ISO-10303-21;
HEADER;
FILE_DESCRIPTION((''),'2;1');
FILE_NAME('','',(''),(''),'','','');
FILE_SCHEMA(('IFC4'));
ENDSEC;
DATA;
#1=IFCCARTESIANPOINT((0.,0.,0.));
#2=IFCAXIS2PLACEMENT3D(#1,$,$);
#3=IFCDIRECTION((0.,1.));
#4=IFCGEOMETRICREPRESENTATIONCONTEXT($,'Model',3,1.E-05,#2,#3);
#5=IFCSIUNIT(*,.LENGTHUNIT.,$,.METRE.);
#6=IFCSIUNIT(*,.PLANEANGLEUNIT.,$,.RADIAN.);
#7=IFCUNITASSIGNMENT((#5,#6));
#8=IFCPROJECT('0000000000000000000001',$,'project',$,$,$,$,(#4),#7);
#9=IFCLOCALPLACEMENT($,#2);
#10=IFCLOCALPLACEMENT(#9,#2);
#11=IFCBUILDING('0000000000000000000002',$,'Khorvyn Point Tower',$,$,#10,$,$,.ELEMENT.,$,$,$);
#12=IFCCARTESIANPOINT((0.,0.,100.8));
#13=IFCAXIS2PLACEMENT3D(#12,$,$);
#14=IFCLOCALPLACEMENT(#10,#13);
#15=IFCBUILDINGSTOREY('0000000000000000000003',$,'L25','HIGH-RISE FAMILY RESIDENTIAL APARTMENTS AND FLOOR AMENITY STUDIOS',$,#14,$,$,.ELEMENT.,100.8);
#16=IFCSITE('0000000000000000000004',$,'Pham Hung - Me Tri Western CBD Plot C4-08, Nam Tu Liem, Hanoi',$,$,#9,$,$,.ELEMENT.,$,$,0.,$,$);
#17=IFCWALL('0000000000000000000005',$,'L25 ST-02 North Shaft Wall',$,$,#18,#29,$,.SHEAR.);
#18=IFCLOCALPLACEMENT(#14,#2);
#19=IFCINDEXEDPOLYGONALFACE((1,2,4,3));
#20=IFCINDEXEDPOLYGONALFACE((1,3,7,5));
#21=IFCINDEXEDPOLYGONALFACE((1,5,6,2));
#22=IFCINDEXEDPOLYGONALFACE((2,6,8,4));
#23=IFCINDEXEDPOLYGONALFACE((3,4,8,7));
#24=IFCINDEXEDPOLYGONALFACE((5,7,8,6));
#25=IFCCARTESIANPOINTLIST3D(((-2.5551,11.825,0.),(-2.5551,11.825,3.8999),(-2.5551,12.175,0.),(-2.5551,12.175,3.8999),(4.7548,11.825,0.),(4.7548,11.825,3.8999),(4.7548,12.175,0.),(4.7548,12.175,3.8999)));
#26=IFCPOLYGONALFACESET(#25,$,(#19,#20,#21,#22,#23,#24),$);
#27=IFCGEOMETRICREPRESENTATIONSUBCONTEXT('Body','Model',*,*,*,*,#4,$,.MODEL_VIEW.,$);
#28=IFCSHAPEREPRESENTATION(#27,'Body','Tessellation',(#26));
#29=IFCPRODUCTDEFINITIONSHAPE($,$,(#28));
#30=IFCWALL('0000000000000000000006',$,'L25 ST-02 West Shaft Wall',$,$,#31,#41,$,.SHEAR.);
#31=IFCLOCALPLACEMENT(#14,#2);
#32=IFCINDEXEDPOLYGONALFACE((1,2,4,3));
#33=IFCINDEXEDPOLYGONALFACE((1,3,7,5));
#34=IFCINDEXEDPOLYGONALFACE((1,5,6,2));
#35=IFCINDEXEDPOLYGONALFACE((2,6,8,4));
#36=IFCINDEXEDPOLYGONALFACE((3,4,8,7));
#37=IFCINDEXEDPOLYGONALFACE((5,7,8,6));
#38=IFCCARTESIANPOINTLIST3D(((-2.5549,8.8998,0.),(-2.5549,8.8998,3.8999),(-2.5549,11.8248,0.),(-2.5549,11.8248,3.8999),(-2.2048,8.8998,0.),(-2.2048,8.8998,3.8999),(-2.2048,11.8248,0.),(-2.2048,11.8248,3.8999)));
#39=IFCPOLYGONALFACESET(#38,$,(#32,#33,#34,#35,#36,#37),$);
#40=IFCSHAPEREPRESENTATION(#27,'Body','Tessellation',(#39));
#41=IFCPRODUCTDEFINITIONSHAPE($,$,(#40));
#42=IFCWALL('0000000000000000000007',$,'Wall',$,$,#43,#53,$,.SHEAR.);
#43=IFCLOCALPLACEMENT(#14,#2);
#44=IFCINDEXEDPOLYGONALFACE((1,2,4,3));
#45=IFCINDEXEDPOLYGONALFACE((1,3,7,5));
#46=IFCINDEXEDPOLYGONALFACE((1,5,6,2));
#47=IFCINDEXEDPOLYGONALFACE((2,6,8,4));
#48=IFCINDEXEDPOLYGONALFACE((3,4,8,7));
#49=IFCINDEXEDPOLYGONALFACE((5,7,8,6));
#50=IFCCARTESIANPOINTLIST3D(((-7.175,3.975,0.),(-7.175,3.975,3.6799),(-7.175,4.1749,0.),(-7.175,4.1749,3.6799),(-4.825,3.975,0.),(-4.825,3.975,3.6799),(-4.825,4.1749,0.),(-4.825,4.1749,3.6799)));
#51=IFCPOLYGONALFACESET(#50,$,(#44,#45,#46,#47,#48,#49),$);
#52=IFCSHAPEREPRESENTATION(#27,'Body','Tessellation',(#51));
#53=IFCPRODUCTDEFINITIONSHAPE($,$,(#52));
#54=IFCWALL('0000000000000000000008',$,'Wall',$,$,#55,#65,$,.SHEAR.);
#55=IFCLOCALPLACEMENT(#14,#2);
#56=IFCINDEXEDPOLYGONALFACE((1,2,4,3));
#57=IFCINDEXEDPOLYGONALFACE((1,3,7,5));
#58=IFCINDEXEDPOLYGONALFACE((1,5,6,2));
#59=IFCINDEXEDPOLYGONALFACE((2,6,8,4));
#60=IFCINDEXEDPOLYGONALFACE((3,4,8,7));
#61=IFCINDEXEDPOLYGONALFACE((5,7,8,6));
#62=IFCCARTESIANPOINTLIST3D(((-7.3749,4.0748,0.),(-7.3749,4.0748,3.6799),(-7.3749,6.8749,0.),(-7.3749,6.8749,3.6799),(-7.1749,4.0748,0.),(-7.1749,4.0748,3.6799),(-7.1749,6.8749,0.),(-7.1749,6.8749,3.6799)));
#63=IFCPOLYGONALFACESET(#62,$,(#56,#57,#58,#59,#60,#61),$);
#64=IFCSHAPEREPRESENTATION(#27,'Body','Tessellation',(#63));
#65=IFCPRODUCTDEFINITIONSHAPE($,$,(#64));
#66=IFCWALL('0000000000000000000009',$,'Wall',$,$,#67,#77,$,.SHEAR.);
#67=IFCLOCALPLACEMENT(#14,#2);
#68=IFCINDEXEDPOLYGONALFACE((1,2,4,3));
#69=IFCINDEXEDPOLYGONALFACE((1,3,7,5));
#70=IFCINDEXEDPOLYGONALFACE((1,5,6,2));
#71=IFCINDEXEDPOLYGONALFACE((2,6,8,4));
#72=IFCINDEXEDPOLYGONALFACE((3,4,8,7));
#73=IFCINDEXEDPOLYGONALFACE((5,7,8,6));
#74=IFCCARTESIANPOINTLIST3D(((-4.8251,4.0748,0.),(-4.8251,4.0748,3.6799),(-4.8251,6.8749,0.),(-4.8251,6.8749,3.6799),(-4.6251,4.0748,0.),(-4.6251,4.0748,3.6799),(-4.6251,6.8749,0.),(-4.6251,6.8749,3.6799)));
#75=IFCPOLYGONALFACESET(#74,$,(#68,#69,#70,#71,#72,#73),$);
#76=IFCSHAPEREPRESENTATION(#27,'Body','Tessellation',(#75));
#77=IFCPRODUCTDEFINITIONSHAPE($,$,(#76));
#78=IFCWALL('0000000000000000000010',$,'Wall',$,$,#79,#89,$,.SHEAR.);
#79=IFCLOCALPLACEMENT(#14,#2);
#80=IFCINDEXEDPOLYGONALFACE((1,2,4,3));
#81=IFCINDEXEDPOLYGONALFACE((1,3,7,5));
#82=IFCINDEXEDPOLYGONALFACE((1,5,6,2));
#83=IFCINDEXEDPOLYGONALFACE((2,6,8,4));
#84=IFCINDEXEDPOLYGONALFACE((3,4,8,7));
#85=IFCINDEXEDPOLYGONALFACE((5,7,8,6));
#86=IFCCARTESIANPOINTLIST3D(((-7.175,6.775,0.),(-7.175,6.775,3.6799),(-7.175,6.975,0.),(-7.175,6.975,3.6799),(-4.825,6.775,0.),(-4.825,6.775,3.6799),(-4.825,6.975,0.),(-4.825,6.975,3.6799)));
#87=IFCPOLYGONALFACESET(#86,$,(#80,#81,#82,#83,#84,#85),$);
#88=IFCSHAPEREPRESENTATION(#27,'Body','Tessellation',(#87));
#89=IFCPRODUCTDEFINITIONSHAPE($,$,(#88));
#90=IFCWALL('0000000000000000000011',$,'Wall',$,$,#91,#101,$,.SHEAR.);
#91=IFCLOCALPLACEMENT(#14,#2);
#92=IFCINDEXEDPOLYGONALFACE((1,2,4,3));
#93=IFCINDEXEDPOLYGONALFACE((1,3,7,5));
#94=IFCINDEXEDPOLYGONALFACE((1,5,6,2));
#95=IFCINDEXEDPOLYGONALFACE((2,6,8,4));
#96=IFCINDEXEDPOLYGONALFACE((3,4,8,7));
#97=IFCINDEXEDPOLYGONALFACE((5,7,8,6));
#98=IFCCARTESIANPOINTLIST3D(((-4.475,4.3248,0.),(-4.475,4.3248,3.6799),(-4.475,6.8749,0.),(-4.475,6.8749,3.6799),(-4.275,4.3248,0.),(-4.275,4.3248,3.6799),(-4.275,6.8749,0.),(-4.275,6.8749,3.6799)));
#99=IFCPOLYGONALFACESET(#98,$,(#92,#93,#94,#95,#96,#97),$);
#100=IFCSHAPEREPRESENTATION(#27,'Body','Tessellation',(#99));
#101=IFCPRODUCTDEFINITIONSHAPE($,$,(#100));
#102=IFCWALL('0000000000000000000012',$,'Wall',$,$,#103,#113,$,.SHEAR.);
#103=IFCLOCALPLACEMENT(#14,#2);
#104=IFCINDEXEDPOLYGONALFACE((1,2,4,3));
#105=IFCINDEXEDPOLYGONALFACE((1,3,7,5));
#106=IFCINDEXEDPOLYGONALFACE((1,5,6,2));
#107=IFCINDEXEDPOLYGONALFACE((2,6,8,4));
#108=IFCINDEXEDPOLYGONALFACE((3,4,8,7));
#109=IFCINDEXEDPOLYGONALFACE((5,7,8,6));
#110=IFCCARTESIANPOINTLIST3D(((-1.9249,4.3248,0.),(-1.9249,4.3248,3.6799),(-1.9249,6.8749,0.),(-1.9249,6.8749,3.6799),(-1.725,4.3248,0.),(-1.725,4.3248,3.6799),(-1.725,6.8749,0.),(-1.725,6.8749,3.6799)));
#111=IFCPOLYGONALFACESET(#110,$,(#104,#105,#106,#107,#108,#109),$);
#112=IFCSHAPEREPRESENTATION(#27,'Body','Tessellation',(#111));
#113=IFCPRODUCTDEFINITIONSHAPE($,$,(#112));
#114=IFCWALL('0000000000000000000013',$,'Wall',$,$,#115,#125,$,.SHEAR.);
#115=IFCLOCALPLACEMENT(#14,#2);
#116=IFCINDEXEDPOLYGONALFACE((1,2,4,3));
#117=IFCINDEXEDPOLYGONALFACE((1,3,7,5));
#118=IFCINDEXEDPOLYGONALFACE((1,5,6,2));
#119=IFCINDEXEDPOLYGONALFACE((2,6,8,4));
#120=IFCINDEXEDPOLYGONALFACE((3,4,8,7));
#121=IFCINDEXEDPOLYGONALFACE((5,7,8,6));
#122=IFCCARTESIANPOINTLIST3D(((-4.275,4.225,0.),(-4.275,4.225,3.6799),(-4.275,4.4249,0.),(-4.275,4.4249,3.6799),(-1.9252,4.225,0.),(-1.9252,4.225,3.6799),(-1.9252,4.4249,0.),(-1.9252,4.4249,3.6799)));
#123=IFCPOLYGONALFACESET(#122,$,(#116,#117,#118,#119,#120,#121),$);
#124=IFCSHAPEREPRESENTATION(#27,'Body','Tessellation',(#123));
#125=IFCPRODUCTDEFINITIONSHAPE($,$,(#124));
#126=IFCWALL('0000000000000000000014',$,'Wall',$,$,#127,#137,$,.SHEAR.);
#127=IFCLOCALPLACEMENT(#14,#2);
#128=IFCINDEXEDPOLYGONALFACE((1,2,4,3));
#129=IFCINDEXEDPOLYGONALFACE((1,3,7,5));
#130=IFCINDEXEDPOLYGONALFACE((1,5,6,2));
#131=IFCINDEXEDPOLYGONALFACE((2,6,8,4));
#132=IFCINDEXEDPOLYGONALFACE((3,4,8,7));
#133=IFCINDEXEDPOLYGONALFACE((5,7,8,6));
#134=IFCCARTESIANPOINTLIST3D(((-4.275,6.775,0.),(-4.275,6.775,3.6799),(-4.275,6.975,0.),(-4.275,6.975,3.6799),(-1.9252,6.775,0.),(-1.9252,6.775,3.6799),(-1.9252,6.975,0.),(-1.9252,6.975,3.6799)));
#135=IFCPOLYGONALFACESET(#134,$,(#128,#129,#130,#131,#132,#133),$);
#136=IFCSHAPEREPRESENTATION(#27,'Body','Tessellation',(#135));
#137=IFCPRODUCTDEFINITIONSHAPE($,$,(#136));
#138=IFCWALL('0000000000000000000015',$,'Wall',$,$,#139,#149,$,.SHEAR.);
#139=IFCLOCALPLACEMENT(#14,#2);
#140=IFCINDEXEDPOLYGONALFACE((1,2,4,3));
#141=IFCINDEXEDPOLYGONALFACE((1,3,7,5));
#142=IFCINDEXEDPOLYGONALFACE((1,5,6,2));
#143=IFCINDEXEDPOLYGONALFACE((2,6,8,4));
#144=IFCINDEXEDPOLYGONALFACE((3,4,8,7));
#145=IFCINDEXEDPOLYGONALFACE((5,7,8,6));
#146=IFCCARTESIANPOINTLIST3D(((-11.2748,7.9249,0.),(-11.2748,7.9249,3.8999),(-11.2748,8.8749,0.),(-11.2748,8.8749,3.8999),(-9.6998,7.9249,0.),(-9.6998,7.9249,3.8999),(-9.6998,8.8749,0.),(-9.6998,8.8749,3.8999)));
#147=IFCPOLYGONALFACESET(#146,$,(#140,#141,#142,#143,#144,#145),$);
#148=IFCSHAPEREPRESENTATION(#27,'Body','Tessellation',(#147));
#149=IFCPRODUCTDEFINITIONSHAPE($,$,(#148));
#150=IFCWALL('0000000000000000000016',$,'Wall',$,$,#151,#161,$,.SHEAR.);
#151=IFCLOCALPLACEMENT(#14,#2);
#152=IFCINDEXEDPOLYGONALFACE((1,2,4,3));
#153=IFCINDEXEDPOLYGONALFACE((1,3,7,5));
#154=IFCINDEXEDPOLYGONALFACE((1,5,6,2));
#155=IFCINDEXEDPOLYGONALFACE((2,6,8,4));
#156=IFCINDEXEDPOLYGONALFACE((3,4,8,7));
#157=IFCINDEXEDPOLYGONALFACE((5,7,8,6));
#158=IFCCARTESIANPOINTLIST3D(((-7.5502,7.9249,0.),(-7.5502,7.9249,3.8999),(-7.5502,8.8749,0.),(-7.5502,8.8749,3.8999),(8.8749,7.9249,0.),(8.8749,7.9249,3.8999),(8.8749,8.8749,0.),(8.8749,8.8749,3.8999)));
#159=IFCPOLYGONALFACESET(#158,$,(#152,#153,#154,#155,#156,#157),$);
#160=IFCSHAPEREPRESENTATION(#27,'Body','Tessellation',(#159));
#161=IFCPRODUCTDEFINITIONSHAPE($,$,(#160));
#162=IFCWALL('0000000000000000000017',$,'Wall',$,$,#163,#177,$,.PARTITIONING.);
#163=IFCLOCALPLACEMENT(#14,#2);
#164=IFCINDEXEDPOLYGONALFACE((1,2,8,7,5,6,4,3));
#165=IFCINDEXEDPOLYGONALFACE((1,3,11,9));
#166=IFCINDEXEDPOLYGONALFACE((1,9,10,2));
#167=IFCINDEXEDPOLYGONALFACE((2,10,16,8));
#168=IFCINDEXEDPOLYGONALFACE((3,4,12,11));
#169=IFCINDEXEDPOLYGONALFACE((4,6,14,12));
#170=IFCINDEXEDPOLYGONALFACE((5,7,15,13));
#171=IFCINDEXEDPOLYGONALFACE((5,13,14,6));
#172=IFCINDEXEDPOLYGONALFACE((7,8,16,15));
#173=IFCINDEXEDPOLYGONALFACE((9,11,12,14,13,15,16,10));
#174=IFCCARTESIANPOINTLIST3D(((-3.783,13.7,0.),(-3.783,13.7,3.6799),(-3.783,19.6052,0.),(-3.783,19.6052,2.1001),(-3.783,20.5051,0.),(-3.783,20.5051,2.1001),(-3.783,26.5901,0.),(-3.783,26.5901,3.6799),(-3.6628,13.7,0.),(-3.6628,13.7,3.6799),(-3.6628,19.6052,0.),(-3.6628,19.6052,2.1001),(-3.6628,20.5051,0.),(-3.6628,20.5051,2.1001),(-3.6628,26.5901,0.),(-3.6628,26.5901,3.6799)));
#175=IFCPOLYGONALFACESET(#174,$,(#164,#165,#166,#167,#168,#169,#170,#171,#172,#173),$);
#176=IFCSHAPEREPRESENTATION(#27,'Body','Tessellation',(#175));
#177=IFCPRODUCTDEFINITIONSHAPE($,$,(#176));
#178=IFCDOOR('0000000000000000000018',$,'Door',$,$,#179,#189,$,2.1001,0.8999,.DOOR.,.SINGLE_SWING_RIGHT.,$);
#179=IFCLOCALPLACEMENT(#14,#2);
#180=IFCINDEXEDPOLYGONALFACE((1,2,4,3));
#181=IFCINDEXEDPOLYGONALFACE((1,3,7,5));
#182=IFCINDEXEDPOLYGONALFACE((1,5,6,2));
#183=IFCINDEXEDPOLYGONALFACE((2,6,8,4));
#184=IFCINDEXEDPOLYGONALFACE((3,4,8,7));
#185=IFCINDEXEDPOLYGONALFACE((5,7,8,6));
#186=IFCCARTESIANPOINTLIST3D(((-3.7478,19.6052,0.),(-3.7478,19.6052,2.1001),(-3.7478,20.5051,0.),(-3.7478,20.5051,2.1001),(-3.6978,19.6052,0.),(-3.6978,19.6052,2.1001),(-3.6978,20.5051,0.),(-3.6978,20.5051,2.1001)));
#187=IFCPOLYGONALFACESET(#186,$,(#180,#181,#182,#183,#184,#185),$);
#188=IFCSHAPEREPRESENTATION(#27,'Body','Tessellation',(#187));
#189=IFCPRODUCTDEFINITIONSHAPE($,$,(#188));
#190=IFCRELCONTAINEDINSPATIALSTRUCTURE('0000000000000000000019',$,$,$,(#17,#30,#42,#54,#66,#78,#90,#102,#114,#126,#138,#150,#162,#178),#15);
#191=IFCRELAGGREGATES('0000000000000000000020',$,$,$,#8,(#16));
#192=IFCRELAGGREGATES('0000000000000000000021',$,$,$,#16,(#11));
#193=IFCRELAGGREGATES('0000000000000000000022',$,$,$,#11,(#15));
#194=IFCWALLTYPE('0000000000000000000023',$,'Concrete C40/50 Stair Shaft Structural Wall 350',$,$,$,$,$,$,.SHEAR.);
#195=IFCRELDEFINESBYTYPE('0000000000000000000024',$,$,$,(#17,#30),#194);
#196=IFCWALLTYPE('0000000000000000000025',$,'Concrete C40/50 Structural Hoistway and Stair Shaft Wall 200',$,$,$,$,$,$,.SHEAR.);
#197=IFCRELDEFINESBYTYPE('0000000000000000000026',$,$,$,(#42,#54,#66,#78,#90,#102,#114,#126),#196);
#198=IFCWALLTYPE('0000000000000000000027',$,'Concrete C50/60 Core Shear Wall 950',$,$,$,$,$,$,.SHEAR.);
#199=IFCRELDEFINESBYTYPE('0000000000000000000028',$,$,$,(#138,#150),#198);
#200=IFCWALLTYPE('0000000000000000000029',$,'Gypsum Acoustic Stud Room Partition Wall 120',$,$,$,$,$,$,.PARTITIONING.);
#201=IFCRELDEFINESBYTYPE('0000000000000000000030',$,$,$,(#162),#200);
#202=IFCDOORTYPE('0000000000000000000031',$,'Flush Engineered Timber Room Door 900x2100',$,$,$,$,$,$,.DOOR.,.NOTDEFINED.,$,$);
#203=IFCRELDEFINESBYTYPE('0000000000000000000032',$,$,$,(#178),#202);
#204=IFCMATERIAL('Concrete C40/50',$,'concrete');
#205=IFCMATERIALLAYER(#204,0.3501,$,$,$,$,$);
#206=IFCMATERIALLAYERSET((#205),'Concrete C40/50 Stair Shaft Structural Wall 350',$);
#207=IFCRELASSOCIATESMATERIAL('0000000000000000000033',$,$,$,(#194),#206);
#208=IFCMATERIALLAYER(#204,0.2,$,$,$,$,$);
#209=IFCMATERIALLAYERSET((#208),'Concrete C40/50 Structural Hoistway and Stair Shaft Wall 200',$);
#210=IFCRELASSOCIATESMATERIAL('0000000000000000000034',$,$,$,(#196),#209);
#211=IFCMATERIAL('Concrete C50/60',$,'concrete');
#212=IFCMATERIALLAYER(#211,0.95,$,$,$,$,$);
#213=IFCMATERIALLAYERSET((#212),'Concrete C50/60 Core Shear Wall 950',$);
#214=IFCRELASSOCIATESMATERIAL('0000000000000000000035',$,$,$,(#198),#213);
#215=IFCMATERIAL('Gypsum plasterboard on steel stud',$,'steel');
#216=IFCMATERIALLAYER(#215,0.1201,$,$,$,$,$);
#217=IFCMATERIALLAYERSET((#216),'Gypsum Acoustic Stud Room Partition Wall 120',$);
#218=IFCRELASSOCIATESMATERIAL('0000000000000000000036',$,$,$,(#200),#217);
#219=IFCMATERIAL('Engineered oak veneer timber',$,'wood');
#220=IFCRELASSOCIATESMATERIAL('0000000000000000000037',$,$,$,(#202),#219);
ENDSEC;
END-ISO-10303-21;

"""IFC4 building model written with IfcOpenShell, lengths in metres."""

from ifc_helpers import new_model, si_unit, direction, frame, frame_2d, origin, place, context, subcontext, project, spatial, rectangle, extrude, material, layer, layer_set, type_object, element, fill, save


model = new_model("IFC4")

# Units and contexts
model_context = context("Model", 3, precision=1e-05, world=origin(), true_north=direction((0.0, 1.0)))
body_context = subcontext(model_context, "Body", "Model", "MODEL_VIEW")
ifc_project = project(units=[si_unit("LENGTHUNIT", "METRE"), si_unit("PLANEANGLEUNIT", "RADIAN")], contexts=[model_context])

# Site, building, storey
site_placement = place(None, origin())
site = spatial("IfcSite", under=ifc_project, at=site_placement, Name="Pham Hung - Me Tri Western CBD Plot C4-08, Nam Tu Liem, Hanoi", CompositionType="ELEMENT", RefElevation=0.0)
building_placement = place(site_placement, origin())
building = spatial("IfcBuilding", under=site, at=building_placement, Name="Khorvyn Point Tower", CompositionType="ELEMENT")
storey_placement = place(building_placement, frame((0.0, 0.0, 100.8)))
storey = spatial("IfcBuildingStorey", under=building, at=storey_placement, Name="L25", Description="HIGH-RISE FAMILY RESIDENTIAL APARTMENTS AND FLOOR AMENITY STUDIOS", CompositionType="ELEMENT", Elevation=100.8)

# Shared definitions
ifc_material_1 = material(Name="Concrete C40/50", Category="concrete")
ifc_material_2 = material(Name="Concrete C50/60", Category="concrete")

# Walls
ifc_layer_1 = layer(ifc_material_1, 0.3501)
ifc_layer_set_1 = layer_set([ifc_layer_1], Name="Concrete C40/50 Stair Shaft Structural Wall 350")
wall_type_1 = type_object("IfcWallType", Name="Concrete C40/50 Stair Shaft Structural Wall 350", PredefinedType="SHEAR", material=ifc_layer_set_1)
wall_1_placement = place(storey_placement, frame((-2.5549, 12.0, 0.0), z_axis=(0.0, 0.0, 1.0), x_axis=(1.0, 0.0, 0.0)))
element("IfcWall", 1, at=wall_1_placement, inside=storey, type_object=wall_type_1, Name="L25 ST-02 North Shaft Wall", PredefinedType="SHEAR", context=body_context, shape_type="SweptSolid", body=[
    extrude(rectangle(XDim=7.3098, YDim=0.3501, at=frame_2d((3.6548, 0.0))), origin(), (0.0, 0.0, 1.0), 3.8999),
])
wall_2_placement = place(storey_placement, frame((-2.3799, 8.8999, 0.0), z_axis=(0.0, 0.0, 1.0), x_axis=(0.0, 1.0, 0.0)))
element("IfcWall", 2, at=wall_2_placement, inside=storey, type_object=wall_type_1, Name="L25 ST-02 West Shaft Wall", PredefinedType="SHEAR", context=body_context, shape_type="SweptSolid", body=[
    extrude(rectangle(XDim=2.925, YDim=0.3501, at=frame_2d((1.4624, 0.0))), origin(), (0.0, 0.0, 1.0), 3.8999),
])
ifc_layer_2 = layer(ifc_material_1, 0.2)
ifc_layer_set_2 = layer_set([ifc_layer_2], Name="Concrete C40/50 Structural Hoistway and Stair Shaft Wall 200")
wall_type_2 = type_object("IfcWallType", Name="Concrete C40/50 Structural Hoistway and Stair Shaft Wall 200", PredefinedType="SHEAR", material=ifc_layer_set_2)
wall_3_placement = place(storey_placement, frame((-7.175, 4.075, 0.0), z_axis=(0.0, 0.0, 1.0), x_axis=(1.0, 0.0, 0.0)))
element("IfcWall", 3, at=wall_3_placement, inside=storey, type_object=wall_type_2, Name="Wall", PredefinedType="SHEAR", context=body_context, shape_type="SweptSolid", body=[
    extrude(rectangle(XDim=2.3501, YDim=0.2, at=frame_2d((1.175, 0.0))), origin(), (0.0, 0.0, 1.0), 3.6799),
])
for number, where, z_axis, x_axis, name in (
    (4, (-7.2749, 4.075, 0.0), (0.0, 0.0, 1.0), (0.0, 1.0, 0.0), "Wall"),
    (5, (-4.7251, 4.075, 0.0), (0.0, 0.0, 1.0), (0.0, 1.0, 0.0), "Wall"),
):
    element("IfcWall", number, at=place(storey_placement, frame(where, z_axis=z_axis, x_axis=x_axis)), inside=storey, type_object=wall_type_2, Name=name, PredefinedType="SHEAR", context=body_context, shape_type="SweptSolid", body=[
        extrude(rectangle(XDim=2.8, YDim=0.2, at=frame_2d((1.3999, 0.0))), origin(), (0.0, 0.0, 1.0), 3.6799),
    ])
wall_4_placement = place(storey_placement, frame((-7.175, 6.875, 0.0), z_axis=(0.0, 0.0, 1.0), x_axis=(1.0, 0.0, 0.0)))
element("IfcWall", 6, at=wall_4_placement, inside=storey, type_object=wall_type_2, Name="Wall", PredefinedType="SHEAR", context=body_context, shape_type="SweptSolid", body=[
    extrude(rectangle(XDim=2.3501, YDim=0.2, at=frame_2d((1.175, 0.0))), origin(), (0.0, 0.0, 1.0), 3.6799),
])
for number, where, z_axis, x_axis, name in (
    (7, (-4.375, 4.325, 0.0), (0.0, 0.0, 1.0), (0.0, 1.0, 0.0), "Wall"),
    (8, (-1.825, 4.325, 0.0), (0.0, 0.0, 1.0), (0.0, 1.0, 0.0), "Wall"),
):
    element("IfcWall", number, at=place(storey_placement, frame(where, z_axis=z_axis, x_axis=x_axis)), inside=storey, type_object=wall_type_2, Name=name, PredefinedType="SHEAR", context=body_context, shape_type="SweptSolid", body=[
        extrude(rectangle(XDim=2.55, YDim=0.2, at=frame_2d((1.2749, 0.0))), origin(), (0.0, 0.0, 1.0), 3.6799),
    ])
for number, where, z_axis, x_axis, name in (
    (9, (-4.2749, 4.325, 0.0), (0.0, 0.0, 1.0), (1.0, 0.0, 0.0), "Wall"),
    (10, (-4.2749, 6.875, 0.0), (0.0, 0.0, 1.0), (1.0, 0.0, 0.0), "Wall"),
):
    element("IfcWall", number, at=place(storey_placement, frame(where, z_axis=z_axis, x_axis=x_axis)), inside=storey, type_object=wall_type_2, Name=name, PredefinedType="SHEAR", context=body_context, shape_type="SweptSolid", body=[
        extrude(rectangle(XDim=2.3499, YDim=0.2, at=frame_2d((1.1748, 0.0))), origin(), (0.0, 0.0, 1.0), 3.6799),
    ])
ifc_layer_3 = layer(ifc_material_2, 0.95)
ifc_layer_set_3 = layer_set([ifc_layer_3], Name="Concrete C50/60 Core Shear Wall 950")
wall_type_3 = type_object("IfcWallType", Name="Concrete C50/60 Core Shear Wall 950", PredefinedType="SHEAR", material=ifc_layer_set_3)
wall_5_placement = place(storey_placement, frame((-11.2749, 8.3999, 0.0), z_axis=(0.0, 0.0, 1.0), x_axis=(1.0, 0.0, 0.0)))
element("IfcWall", 11, at=wall_5_placement, inside=storey, type_object=wall_type_3, Name="Wall", PredefinedType="SHEAR", context=body_context, shape_type="SweptSolid", body=[
    extrude(rectangle(XDim=1.575, YDim=0.95, at=frame_2d((0.7876, 0.0))), origin(), (0.0, 0.0, 1.0), 3.8999),
])
wall_6_placement = place(storey_placement, frame((-7.55, 8.3999, 0.0), z_axis=(0.0, 0.0, 1.0), x_axis=(1.0, 0.0, 0.0)))
element("IfcWall", 12, at=wall_6_placement, inside=storey, type_object=wall_type_3, Name="Wall", PredefinedType="SHEAR", context=body_context, shape_type="SweptSolid", body=[
    extrude(rectangle(XDim=16.425, YDim=0.95, at=frame_2d((8.2124, 0.0))), origin(), (0.0, 0.0, 1.0), 3.8999),
])

# Wall, opening, door
ifc_material_3 = material(Name="Gypsum plasterboard on steel stud", Category="steel")
ifc_layer_4 = layer(ifc_material_3, 0.1201)
ifc_layer_set_4 = layer_set([ifc_layer_4], Name="Gypsum Acoustic Stud Room Partition Wall 120")
wall_type_4 = type_object("IfcWallType", Name="Gypsum Acoustic Stud Room Partition Wall 120", PredefinedType="PARTITIONING", material=ifc_layer_set_4)
wall_7_placement = place(storey_placement, frame((-3.7229, 13.7, 0.0), z_axis=(0.0, 0.0, 1.0), x_axis=(0.0, 1.0, 0.0)))
wall_7 = element("IfcWall", 13, at=wall_7_placement, inside=storey, type_object=wall_type_4, Name="Wall", PredefinedType="PARTITIONING", context=body_context, shape_type="SweptSolid", body=[
    extrude(rectangle(XDim=12.8901, YDim=0.1201, at=frame_2d((6.4451, 0.0))), origin(), (0.0, 0.0, 1.0), 3.6799),
])
opening_1_placement = place(wall_7_placement, frame((5.9053, 0.0, 0.0)))
opening_1 = element("IfcOpeningElement", 14, at=opening_1_placement, cuts=wall_7, PredefinedType="OPENING", context=body_context, shape_type="SweptSolid", body=[
    extrude(rectangle(XDim=0.8999, YDim=2.1001, at=frame_2d((0.45, 1.05))), frame((0.0, 0.0701, 0.0), z_axis=(0.0, -1.0, 0.0), x_axis=(1.0, 0.0, 0.0)), (0.0, 0.0, 1.0), 0.1401),
])
ifc_material_4 = material(Name="Engineered oak veneer timber", Category="wood")
door_type_1 = type_object("IfcDoorType", Name="Flush Engineered Timber Room Door 900x2100", OperationType="NOTDEFINED", PredefinedType="DOOR", material=ifc_material_4)
door_1_placement = place(opening_1_placement, origin())
door_1 = element("IfcDoor", 15, at=door_1_placement, inside=storey, type_object=door_type_1, Name="Door", OperationType="SINGLE_SWING_RIGHT", OverallHeight=2.1001, OverallWidth=0.8999, PredefinedType="DOOR", context=body_context, shape_type="SweptSolid", body=[
    extrude(rectangle(XDim=0.8999, YDim=2.1001, at=frame_2d((0.45, 1.05))), frame((0.0, 0.0249, 0.0), z_axis=(0.0, -1.0, 0.0), x_axis=(1.0, 0.0, 0.0)), (0.0, 0.0, 1.0), 0.05),
])
fill(opening_1, door_1)

save(model, "model.ifc")
